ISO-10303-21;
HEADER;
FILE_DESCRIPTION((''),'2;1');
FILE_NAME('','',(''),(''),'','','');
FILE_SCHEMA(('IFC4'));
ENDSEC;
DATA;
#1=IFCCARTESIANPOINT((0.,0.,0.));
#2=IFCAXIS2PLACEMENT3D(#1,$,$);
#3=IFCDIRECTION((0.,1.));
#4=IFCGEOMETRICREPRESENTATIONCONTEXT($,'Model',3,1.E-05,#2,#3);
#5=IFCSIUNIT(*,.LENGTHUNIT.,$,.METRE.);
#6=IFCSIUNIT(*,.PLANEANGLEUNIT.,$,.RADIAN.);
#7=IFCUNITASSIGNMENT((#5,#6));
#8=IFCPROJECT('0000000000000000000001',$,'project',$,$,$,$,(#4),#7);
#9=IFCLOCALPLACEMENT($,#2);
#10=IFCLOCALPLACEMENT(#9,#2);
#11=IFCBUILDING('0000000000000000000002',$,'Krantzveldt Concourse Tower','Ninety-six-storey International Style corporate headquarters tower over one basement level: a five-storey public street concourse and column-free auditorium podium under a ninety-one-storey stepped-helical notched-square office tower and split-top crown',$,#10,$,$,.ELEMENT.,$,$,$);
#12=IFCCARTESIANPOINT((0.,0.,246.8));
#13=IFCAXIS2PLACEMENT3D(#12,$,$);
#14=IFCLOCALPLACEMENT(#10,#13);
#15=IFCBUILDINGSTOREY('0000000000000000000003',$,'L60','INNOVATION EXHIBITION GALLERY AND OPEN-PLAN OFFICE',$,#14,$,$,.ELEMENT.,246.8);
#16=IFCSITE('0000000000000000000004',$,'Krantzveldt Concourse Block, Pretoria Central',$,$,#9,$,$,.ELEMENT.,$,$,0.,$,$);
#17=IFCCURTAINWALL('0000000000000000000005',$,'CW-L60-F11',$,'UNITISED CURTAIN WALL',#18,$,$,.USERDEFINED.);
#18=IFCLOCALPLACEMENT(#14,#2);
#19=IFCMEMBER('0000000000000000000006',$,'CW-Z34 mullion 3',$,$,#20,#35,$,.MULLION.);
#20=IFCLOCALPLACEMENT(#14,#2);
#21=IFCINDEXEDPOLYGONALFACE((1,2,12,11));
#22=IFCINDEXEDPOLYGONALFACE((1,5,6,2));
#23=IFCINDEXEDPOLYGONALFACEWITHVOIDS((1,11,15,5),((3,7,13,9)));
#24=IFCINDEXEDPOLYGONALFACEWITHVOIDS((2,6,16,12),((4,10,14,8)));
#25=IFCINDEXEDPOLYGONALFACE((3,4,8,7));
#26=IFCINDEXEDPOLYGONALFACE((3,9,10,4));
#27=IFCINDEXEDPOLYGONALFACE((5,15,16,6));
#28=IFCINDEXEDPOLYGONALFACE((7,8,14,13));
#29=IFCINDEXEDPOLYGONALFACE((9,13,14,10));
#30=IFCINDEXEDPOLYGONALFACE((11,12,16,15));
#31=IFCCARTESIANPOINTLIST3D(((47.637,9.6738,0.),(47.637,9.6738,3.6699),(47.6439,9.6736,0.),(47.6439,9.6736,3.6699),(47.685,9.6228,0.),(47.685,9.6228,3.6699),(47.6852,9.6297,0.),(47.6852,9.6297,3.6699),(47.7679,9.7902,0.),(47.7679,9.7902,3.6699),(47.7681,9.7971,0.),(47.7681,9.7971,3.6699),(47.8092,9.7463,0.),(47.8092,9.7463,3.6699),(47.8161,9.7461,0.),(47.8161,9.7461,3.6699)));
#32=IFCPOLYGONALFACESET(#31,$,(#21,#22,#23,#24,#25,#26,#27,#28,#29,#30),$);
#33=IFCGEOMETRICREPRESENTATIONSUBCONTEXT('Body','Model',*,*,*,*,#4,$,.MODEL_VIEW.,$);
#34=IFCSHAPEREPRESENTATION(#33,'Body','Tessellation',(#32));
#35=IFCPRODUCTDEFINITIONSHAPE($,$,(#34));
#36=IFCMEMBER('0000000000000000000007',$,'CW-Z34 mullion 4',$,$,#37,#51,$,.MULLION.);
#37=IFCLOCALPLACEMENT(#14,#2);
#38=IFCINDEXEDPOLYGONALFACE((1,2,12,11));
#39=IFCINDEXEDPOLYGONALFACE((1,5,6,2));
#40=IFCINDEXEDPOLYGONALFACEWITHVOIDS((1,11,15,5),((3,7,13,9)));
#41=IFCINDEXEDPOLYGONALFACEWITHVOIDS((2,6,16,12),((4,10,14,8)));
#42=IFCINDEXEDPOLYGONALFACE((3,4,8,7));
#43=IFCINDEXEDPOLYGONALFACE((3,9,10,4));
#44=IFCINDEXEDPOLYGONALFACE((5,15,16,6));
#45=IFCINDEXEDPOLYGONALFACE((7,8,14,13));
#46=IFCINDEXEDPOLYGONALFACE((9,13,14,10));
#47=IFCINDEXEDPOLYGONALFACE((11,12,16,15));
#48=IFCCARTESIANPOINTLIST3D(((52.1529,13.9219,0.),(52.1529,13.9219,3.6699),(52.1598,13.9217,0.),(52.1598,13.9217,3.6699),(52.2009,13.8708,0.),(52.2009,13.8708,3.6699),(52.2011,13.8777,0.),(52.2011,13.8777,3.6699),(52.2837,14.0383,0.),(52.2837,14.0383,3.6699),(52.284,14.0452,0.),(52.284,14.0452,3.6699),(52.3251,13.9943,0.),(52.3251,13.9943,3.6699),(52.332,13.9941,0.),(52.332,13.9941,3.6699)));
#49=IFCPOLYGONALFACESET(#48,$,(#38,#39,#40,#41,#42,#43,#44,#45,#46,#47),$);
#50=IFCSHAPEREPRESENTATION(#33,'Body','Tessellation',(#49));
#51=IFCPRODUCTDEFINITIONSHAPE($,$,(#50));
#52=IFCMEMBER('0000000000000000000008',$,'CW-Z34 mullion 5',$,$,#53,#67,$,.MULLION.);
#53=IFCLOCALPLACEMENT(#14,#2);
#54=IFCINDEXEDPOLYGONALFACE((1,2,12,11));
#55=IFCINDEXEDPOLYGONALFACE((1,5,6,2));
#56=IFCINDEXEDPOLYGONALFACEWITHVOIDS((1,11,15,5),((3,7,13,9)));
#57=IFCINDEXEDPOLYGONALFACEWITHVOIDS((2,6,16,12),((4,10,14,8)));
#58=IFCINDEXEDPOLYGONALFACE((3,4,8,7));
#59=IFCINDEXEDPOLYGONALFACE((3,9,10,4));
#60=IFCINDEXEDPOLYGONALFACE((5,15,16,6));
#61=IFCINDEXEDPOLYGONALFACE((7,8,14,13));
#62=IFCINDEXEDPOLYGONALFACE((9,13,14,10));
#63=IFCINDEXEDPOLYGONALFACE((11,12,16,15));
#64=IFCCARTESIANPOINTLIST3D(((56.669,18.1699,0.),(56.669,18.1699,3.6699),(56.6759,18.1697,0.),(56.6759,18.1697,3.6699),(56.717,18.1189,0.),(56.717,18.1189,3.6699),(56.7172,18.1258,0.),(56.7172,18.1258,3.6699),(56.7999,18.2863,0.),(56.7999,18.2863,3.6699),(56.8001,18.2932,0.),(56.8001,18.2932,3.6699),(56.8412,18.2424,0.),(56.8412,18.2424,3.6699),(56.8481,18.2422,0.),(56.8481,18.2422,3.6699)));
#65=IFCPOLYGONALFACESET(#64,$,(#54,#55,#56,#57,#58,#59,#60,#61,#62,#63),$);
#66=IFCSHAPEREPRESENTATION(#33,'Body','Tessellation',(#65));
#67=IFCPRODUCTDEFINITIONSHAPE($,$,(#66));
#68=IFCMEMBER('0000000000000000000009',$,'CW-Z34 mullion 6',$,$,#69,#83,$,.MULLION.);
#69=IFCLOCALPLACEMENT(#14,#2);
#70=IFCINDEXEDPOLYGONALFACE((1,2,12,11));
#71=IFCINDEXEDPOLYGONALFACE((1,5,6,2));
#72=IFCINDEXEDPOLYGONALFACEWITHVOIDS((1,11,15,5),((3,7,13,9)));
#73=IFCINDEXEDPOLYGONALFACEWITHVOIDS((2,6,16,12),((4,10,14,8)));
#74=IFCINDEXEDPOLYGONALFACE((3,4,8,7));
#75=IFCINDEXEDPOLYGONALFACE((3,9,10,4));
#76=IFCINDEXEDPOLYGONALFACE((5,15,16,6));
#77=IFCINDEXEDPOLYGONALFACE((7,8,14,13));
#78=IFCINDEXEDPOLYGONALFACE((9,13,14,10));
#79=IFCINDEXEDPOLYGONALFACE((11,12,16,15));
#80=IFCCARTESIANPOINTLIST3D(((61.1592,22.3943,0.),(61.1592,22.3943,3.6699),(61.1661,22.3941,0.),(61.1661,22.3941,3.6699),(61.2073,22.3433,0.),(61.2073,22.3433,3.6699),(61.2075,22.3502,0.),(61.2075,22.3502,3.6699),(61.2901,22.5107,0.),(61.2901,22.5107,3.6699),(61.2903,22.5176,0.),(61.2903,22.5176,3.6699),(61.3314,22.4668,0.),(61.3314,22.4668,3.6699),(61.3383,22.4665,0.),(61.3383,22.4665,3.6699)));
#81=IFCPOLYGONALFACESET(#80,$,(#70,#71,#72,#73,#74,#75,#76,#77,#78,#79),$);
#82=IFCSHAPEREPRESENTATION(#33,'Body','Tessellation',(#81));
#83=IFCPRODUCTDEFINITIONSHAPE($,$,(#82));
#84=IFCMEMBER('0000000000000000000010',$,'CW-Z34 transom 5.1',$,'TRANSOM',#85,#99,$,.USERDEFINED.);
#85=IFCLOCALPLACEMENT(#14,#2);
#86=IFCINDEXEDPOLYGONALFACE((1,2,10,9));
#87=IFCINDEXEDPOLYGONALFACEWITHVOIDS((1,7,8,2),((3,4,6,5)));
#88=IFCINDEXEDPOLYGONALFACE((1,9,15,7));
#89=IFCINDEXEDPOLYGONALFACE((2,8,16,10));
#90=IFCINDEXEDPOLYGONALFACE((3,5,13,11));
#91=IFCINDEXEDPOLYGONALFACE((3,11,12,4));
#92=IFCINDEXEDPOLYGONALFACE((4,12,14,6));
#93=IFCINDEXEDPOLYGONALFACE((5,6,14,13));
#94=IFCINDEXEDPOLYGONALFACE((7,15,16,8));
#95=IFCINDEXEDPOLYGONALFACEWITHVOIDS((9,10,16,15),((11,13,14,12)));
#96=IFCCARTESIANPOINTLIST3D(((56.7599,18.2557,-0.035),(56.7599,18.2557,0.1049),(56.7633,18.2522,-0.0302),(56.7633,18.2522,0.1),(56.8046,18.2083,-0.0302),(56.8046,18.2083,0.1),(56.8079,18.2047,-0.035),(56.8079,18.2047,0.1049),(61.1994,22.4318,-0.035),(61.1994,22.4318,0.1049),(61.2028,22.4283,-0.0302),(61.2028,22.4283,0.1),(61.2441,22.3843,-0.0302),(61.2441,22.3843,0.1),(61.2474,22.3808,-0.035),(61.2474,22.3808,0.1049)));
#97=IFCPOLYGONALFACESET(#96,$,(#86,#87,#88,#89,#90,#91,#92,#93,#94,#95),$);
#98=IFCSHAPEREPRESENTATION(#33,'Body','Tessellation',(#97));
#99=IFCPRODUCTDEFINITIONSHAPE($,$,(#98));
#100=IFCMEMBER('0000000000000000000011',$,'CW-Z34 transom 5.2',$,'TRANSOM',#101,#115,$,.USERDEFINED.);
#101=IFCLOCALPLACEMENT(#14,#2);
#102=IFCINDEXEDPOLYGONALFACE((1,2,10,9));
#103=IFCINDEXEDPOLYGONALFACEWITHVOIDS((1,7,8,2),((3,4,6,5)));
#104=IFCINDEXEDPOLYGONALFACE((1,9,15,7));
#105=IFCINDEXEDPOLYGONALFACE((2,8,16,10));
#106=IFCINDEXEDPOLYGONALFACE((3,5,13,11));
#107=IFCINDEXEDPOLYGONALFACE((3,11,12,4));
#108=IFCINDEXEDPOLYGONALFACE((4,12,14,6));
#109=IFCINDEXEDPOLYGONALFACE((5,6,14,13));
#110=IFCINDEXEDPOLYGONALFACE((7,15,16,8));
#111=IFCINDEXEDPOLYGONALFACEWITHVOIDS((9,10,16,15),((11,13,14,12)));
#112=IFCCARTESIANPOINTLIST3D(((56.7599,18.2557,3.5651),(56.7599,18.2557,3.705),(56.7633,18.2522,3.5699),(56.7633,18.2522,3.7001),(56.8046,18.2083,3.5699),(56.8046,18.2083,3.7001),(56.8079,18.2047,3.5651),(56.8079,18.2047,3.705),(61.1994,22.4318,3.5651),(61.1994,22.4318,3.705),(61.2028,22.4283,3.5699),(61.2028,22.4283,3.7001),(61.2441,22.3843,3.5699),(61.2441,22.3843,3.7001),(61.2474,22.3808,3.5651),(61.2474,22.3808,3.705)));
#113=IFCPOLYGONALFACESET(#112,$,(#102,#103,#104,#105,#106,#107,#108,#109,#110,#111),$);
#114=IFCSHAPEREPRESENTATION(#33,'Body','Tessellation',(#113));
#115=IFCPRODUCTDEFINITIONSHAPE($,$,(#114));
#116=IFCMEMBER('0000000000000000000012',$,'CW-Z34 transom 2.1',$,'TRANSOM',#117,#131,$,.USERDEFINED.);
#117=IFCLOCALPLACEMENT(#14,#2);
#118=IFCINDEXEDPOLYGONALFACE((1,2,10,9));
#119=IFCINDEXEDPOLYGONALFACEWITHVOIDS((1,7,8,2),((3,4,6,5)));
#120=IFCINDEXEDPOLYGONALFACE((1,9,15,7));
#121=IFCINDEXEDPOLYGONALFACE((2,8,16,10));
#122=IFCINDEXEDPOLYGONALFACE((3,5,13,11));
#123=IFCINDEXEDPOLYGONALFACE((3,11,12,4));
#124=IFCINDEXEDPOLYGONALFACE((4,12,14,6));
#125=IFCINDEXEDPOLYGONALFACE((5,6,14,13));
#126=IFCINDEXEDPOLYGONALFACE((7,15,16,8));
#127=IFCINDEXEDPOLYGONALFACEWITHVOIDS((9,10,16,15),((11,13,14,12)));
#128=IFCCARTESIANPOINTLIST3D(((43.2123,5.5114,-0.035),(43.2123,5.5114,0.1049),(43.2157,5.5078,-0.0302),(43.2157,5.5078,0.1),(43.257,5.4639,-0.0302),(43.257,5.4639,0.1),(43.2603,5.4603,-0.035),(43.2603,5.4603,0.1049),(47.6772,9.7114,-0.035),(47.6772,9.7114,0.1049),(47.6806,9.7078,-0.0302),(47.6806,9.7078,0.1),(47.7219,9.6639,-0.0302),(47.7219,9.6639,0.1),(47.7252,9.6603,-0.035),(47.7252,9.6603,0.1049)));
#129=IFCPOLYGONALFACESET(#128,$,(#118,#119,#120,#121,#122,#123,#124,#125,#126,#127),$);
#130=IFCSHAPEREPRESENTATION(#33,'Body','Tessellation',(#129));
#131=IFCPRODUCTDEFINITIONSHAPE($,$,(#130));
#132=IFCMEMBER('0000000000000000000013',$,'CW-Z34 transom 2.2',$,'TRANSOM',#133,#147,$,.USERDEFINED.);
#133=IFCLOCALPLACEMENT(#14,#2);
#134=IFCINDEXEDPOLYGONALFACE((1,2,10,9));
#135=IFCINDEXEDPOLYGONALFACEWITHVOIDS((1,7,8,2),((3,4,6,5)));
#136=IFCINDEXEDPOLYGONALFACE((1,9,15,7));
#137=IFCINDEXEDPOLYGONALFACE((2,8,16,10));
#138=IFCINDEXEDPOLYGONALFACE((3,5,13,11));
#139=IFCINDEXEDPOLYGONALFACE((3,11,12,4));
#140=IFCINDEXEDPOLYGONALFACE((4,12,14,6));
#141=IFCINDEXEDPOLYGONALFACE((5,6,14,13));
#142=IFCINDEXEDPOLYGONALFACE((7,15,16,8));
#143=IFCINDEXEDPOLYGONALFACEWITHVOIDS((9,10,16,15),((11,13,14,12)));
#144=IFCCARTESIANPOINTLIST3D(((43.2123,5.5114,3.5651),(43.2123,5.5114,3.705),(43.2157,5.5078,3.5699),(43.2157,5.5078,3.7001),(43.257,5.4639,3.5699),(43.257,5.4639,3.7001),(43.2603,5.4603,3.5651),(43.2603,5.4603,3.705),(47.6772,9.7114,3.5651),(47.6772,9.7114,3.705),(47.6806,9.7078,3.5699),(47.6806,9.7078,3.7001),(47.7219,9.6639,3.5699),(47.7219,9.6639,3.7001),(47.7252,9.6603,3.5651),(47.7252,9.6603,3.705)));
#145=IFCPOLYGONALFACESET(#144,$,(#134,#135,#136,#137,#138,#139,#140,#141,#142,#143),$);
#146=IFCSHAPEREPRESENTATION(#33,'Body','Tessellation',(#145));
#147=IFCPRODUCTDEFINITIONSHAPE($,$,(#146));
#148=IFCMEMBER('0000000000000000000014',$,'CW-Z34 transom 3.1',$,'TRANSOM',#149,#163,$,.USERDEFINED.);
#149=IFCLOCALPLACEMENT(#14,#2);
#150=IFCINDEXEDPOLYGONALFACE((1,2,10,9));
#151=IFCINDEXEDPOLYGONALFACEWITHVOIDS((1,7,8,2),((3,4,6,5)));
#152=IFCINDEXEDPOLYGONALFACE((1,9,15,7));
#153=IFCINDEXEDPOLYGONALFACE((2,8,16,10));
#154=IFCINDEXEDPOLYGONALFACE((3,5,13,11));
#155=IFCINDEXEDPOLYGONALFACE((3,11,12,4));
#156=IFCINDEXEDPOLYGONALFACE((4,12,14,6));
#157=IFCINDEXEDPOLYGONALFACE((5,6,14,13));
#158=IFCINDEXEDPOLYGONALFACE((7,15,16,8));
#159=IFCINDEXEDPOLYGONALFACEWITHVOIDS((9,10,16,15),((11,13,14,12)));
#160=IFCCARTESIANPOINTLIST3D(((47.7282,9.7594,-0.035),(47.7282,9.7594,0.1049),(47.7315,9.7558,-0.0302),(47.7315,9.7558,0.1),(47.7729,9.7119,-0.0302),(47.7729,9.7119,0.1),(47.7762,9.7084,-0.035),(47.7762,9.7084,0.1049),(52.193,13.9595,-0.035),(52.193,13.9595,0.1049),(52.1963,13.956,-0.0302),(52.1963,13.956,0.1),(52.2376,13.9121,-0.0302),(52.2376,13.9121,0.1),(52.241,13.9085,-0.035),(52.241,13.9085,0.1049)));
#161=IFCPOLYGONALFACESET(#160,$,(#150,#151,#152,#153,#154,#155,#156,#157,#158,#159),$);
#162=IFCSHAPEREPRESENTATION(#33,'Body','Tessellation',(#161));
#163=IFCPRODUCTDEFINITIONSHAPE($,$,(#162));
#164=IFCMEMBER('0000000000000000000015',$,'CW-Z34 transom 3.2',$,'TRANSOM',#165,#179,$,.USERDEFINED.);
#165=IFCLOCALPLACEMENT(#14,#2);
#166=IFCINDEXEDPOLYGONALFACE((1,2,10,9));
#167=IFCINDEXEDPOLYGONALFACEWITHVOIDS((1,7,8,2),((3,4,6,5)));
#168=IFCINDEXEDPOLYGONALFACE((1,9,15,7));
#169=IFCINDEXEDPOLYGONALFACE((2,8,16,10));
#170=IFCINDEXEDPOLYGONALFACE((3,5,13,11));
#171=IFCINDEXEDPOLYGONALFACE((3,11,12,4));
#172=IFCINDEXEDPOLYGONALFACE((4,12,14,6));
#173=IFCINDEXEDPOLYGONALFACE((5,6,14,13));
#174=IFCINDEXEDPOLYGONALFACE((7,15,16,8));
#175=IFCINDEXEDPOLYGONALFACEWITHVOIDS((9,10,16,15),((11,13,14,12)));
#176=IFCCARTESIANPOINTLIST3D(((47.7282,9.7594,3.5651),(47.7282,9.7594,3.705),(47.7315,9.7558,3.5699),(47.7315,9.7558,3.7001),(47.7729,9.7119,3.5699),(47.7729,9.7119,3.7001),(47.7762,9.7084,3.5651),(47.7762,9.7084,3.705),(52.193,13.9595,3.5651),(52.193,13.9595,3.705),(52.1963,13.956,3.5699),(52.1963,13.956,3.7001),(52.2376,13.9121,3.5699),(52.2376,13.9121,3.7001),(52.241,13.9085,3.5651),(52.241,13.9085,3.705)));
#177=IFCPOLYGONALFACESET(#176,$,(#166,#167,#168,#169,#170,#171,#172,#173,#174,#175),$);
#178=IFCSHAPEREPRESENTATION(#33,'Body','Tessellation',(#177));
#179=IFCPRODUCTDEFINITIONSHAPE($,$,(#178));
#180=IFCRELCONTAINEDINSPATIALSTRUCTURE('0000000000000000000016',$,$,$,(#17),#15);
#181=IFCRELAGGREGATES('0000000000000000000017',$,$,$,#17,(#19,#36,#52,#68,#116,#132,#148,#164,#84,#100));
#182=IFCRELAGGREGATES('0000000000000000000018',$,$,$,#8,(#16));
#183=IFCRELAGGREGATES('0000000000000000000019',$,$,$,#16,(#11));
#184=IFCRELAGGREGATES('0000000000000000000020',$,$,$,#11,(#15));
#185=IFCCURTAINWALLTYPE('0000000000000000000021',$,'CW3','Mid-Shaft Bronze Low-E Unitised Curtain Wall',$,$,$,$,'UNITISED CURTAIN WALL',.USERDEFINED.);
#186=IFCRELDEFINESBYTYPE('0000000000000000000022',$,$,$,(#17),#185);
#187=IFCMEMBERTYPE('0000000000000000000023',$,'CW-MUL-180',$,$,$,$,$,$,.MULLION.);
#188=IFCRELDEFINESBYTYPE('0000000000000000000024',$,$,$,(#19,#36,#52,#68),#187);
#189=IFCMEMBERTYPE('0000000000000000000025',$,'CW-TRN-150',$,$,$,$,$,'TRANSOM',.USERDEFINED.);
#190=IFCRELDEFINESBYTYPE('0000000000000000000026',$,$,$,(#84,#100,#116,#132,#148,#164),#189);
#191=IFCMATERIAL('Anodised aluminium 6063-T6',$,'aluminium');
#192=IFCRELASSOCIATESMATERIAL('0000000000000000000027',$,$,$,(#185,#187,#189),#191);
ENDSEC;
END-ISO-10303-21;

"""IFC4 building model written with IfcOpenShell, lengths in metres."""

from ifc_helpers import new_model, si_unit, direction, frame, origin, origin_2d, place, context, subcontext, project, spatial, hollow_rectangle, extrude, source, transform, mapped, material, material_profile, profile_set, type_object, type_shapes, element, aggregate, save


model = new_model("IFC4")

# Units and contexts
model_context = context("Model", 3, precision=1e-05, world=origin(), true_north=direction((0.0, 1.0)))
body_context = subcontext(model_context, "Body", "Model", "MODEL_VIEW")
ifc_project = project(units=[si_unit("LENGTHUNIT", "METRE"), si_unit("PLANEANGLEUNIT", "RADIAN")], contexts=[model_context])

# Site, building, storey
site_placement = place(None, origin())
site = spatial("IfcSite", under=ifc_project, at=site_placement, Name="Krantzveldt Concourse Block, Pretoria Central", CompositionType="ELEMENT", RefElevation=0.0)
building_placement = place(site_placement, origin())
building = spatial("IfcBuilding", under=site, at=building_placement, Name="Krantzveldt Concourse Tower", Description="Ninety-six-storey International Style corporate headquarters tower over one basement level: a five-storey public street concourse and column-free auditorium podium under a ninety-one-storey stepped-helical notched-square office tower and split-top crown", CompositionType="ELEMENT")
storey_placement = place(building_placement, frame((0.0, 0.0, 246.8)))
storey = spatial("IfcBuildingStorey", under=building, at=storey_placement, Name="L60", Description="INNOVATION EXHIBITION GALLERY AND OPEN-PLAN OFFICE", CompositionType="ELEMENT", Elevation=246.8)

# Curtain wall, members
ifc_material_1 = material(Name="Anodised aluminium 6063-T6", Category="aluminium")
curtain_wall_type = type_object("IfcCurtainWallType", Name="CW3", Description="Mid-Shaft Bronze Low-E Unitised Curtain Wall", ElementType="UNITISED CURTAIN WALL", PredefinedType="USERDEFINED", material=ifc_material_1)
curtain_wall_placement = place(storey_placement, origin())
curtain_wall = element("IfcCurtainWall", 1, at=curtain_wall_placement, inside=storey, type_object=curtain_wall_type, Name="CW-L60-F11", ObjectType="UNITISED CURTAIN WALL", PredefinedType="USERDEFINED")
ifc_material_profile_1 = material_profile(ifc_material_1, hollow_rectangle(XDim=0.0701, YDim=0.1799, WallThickness=0.0049, at=origin_2d()), Name="Anodised aluminium 6063-T6", Category="aluminium")
ifc_profile_set_1 = profile_set([ifc_material_profile_1], Name="Anodised aluminium 6063-T6 - ALU-MULL 180x70x5")
member_type_1 = type_object("IfcMemberType", Name="CW-MUL-180", PredefinedType="MULLION", material=ifc_profile_set_1)
shared_shape_1 = source(origin(), body_context, "Body", "SweptSolid", [
    extrude(hollow_rectangle(XDim=0.0701, YDim=0.1799, WallThickness=0.0049, at=origin_2d()), origin(), (0.0, 0.0, 1.0), 3.6699),
])
type_shapes(member_type_1, [shared_shape_1])
member_1_placement = place(storey_placement, frame((47.7266, 9.71, 0.0), z_axis=(0.0, 0.0, 1.0), x_axis=(-0.685183, 0.728371, 0.0)))
member_1 = element("IfcMember", 2, at=member_1_placement, type_object=member_type_1, Name="CW-Z34 mullion 3", PredefinedType="MULLION", context=body_context, shape_type="MappedRepresentation", body=[
    mapped(shared_shape_1, transform((0.0, 0.0, 0.0), x_axis=(1.0, 0.0, 0.0), y_axis=(0.0, 1.0, 0.0), z_axis=(0.0, 0.0, 1.0), scale=1.0)),
])
member_2_placement = place(storey_placement, frame((52.2424, 13.958, 0.0), z_axis=(0.0, 0.0, 1.0), x_axis=(-0.685183, 0.728371, 0.0)))
member_2 = element("IfcMember", 3, at=member_2_placement, type_object=member_type_1, Name="CW-Z34 mullion 4", PredefinedType="MULLION", context=body_context, shape_type="MappedRepresentation", body=[
    mapped(shared_shape_1, transform((0.0, 0.0, 0.0), x_axis=(1.0, 0.0, 0.0), y_axis=(0.0, 1.0, 0.0), z_axis=(0.0, 0.0, 1.0), scale=1.0)),
])
member_3_placement = place(storey_placement, frame((56.7585, 18.2061, 0.0), z_axis=(0.0, 0.0, 1.0), x_axis=(-0.685183, 0.728371, 0.0)))
member_3 = element("IfcMember", 4, at=member_3_placement, type_object=member_type_1, Name="CW-Z34 mullion 5", PredefinedType="MULLION", context=body_context, shape_type="MappedRepresentation", body=[
    mapped(shared_shape_1, transform((0.0, 0.0, 0.0), x_axis=(1.0, 0.0, 0.0), y_axis=(0.0, 1.0, 0.0), z_axis=(0.0, 0.0, 1.0), scale=1.0)),
])
member_4_placement = place(storey_placement, frame((61.2488, 22.4304, 0.0), z_axis=(0.0, 0.0, 1.0), x_axis=(-0.685183, 0.728371, 0.0)))
member_4 = element("IfcMember", 5, at=member_4_placement, type_object=member_type_1, Name="CW-Z34 mullion 6", PredefinedType="MULLION", context=body_context, shape_type="MappedRepresentation", body=[
    mapped(shared_shape_1, transform((0.0, 0.0, 0.0), x_axis=(1.0, 0.0, 0.0), y_axis=(0.0, 1.0, 0.0), z_axis=(0.0, 0.0, 1.0), scale=1.0)),
])
ifc_material_profile_2 = material_profile(ifc_material_1, hollow_rectangle(XDim=0.0701, YDim=0.1399, WallThickness=0.0049, at=origin_2d()), Name="Anodised aluminium 6063-T6", Category="aluminium")
ifc_profile_set_2 = profile_set([ifc_material_profile_2], Name="Anodised aluminium 6063-T6 - ALU-TRAN 140x70x5")
member_type_2 = type_object("IfcMemberType", Name="CW-TRN-150", ElementType="TRANSOM", PredefinedType="USERDEFINED", material=ifc_profile_set_2)
shared_shape_2 = source(origin(), body_context, "Body", "SweptSolid", [
    extrude(hollow_rectangle(XDim=0.0701, YDim=0.1399, WallThickness=0.0049, at=origin_2d()), origin(), (0.0, 0.0, 1.0), 6.095),
])
member_5_placement = place(storey_placement, frame((56.7839, 18.2302, 0.0349), z_axis=(0.728387, 0.685166, 0.0), x_axis=(-0.685166, 0.728387, 0.0)))
member_5 = element("IfcMember", 6, at=member_5_placement, type_object=member_type_2, Name="CW-Z34 transom 5.1", ObjectType="TRANSOM", PredefinedType="USERDEFINED", context=body_context, shape_type="MappedRepresentation", body=[
    mapped(shared_shape_2, transform((0.0, 0.0, 0.0), x_axis=(1.0, 0.0, 0.0), y_axis=(0.0, 1.0, 0.0), z_axis=(0.0, 0.0, 1.0), scale=1.0)),
])
member_6_placement = place(storey_placement, frame((56.7839, 18.2302, 3.635), z_axis=(0.728387, 0.685166, 0.0), x_axis=(-0.685166, 0.728387, 0.0)))
member_6 = element("IfcMember", 7, at=member_6_placement, type_object=member_type_2, Name="CW-Z34 transom 5.2", ObjectType="TRANSOM", PredefinedType="USERDEFINED", context=body_context, shape_type="MappedRepresentation", body=[
    mapped(shared_shape_2, transform((0.0, 0.0, 0.0), x_axis=(1.0, 0.0, 0.0), y_axis=(0.0, 1.0, 0.0), z_axis=(0.0, 0.0, 1.0), scale=1.0)),
])
shared_shape_3 = source(origin(), body_context, "Body", "SweptSolid", [
    extrude(hollow_rectangle(XDim=0.0701, YDim=0.1399, WallThickness=0.0049, at=origin_2d()), origin(), (0.0, 0.0, 1.0), 6.1299),
])
type_shapes(member_type_2, [shared_shape_2, shared_shape_3])
member_7_placement = place(storey_placement, frame((43.2363, 5.4858, 0.0349), z_axis=(0.728384, 0.68517, 0.0), x_axis=(-0.68517, 0.728384, 0.0)))
member_7 = element("IfcMember", 8, at=member_7_placement, type_object=member_type_2, Name="CW-Z34 transom 2.1", ObjectType="TRANSOM", PredefinedType="USERDEFINED", context=body_context, shape_type="MappedRepresentation", body=[
    mapped(shared_shape_3, transform((0.0, 0.0, 0.0), x_axis=(1.0, 0.0, 0.0), y_axis=(0.0, 1.0, 0.0), z_axis=(0.0, 0.0, 1.0), scale=1.0)),
])
member_8_placement = place(storey_placement, frame((43.2363, 5.4858, 3.635), z_axis=(0.728384, 0.68517, 0.0), x_axis=(-0.68517, 0.728384, 0.0)))
member_8 = element("IfcMember", 9, at=member_8_placement, type_object=member_type_2, Name="CW-Z34 transom 2.2", ObjectType="TRANSOM", PredefinedType="USERDEFINED", context=body_context, shape_type="MappedRepresentation", body=[
    mapped(shared_shape_3, transform((0.0, 0.0, 0.0), x_axis=(1.0, 0.0, 0.0), y_axis=(0.0, 1.0, 0.0), z_axis=(0.0, 0.0, 1.0), scale=1.0)),
])
member_9_placement = place(storey_placement, frame((47.7522, 9.7339, 0.0349), z_axis=(0.728364, 0.685191, 0.0), x_axis=(-0.685191, 0.728364, 0.0)))
member_9 = element("IfcMember", 10, at=member_9_placement, type_object=member_type_2, Name="CW-Z34 transom 3.1", ObjectType="TRANSOM", PredefinedType="USERDEFINED", context=body_context, shape_type="MappedRepresentation", body=[
    mapped(shared_shape_3, transform((0.0, 0.0, 0.0), x_axis=(1.0, 0.0, 0.0), y_axis=(0.0, 1.0, 0.0), z_axis=(0.0, 0.0, 1.0), scale=1.0)),
])
member_10_placement = place(storey_placement, frame((47.7522, 9.7339, 3.635), z_axis=(0.728364, 0.685191, 0.0), x_axis=(-0.685191, 0.728364, 0.0)))
member_10 = element("IfcMember", 11, at=member_10_placement, type_object=member_type_2, Name="CW-Z34 transom 3.2", ObjectType="TRANSOM", PredefinedType="USERDEFINED", context=body_context, shape_type="MappedRepresentation", body=[
    mapped(shared_shape_3, transform((0.0, 0.0, 0.0), x_axis=(1.0, 0.0, 0.0), y_axis=(0.0, 1.0, 0.0), z_axis=(0.0, 0.0, 1.0), scale=1.0)),
])
aggregate(curtain_wall, [member_1, member_2, member_3, member_4, member_7, member_8, member_9, member_10, member_5, member_6])

save(model, "model.ifc")
